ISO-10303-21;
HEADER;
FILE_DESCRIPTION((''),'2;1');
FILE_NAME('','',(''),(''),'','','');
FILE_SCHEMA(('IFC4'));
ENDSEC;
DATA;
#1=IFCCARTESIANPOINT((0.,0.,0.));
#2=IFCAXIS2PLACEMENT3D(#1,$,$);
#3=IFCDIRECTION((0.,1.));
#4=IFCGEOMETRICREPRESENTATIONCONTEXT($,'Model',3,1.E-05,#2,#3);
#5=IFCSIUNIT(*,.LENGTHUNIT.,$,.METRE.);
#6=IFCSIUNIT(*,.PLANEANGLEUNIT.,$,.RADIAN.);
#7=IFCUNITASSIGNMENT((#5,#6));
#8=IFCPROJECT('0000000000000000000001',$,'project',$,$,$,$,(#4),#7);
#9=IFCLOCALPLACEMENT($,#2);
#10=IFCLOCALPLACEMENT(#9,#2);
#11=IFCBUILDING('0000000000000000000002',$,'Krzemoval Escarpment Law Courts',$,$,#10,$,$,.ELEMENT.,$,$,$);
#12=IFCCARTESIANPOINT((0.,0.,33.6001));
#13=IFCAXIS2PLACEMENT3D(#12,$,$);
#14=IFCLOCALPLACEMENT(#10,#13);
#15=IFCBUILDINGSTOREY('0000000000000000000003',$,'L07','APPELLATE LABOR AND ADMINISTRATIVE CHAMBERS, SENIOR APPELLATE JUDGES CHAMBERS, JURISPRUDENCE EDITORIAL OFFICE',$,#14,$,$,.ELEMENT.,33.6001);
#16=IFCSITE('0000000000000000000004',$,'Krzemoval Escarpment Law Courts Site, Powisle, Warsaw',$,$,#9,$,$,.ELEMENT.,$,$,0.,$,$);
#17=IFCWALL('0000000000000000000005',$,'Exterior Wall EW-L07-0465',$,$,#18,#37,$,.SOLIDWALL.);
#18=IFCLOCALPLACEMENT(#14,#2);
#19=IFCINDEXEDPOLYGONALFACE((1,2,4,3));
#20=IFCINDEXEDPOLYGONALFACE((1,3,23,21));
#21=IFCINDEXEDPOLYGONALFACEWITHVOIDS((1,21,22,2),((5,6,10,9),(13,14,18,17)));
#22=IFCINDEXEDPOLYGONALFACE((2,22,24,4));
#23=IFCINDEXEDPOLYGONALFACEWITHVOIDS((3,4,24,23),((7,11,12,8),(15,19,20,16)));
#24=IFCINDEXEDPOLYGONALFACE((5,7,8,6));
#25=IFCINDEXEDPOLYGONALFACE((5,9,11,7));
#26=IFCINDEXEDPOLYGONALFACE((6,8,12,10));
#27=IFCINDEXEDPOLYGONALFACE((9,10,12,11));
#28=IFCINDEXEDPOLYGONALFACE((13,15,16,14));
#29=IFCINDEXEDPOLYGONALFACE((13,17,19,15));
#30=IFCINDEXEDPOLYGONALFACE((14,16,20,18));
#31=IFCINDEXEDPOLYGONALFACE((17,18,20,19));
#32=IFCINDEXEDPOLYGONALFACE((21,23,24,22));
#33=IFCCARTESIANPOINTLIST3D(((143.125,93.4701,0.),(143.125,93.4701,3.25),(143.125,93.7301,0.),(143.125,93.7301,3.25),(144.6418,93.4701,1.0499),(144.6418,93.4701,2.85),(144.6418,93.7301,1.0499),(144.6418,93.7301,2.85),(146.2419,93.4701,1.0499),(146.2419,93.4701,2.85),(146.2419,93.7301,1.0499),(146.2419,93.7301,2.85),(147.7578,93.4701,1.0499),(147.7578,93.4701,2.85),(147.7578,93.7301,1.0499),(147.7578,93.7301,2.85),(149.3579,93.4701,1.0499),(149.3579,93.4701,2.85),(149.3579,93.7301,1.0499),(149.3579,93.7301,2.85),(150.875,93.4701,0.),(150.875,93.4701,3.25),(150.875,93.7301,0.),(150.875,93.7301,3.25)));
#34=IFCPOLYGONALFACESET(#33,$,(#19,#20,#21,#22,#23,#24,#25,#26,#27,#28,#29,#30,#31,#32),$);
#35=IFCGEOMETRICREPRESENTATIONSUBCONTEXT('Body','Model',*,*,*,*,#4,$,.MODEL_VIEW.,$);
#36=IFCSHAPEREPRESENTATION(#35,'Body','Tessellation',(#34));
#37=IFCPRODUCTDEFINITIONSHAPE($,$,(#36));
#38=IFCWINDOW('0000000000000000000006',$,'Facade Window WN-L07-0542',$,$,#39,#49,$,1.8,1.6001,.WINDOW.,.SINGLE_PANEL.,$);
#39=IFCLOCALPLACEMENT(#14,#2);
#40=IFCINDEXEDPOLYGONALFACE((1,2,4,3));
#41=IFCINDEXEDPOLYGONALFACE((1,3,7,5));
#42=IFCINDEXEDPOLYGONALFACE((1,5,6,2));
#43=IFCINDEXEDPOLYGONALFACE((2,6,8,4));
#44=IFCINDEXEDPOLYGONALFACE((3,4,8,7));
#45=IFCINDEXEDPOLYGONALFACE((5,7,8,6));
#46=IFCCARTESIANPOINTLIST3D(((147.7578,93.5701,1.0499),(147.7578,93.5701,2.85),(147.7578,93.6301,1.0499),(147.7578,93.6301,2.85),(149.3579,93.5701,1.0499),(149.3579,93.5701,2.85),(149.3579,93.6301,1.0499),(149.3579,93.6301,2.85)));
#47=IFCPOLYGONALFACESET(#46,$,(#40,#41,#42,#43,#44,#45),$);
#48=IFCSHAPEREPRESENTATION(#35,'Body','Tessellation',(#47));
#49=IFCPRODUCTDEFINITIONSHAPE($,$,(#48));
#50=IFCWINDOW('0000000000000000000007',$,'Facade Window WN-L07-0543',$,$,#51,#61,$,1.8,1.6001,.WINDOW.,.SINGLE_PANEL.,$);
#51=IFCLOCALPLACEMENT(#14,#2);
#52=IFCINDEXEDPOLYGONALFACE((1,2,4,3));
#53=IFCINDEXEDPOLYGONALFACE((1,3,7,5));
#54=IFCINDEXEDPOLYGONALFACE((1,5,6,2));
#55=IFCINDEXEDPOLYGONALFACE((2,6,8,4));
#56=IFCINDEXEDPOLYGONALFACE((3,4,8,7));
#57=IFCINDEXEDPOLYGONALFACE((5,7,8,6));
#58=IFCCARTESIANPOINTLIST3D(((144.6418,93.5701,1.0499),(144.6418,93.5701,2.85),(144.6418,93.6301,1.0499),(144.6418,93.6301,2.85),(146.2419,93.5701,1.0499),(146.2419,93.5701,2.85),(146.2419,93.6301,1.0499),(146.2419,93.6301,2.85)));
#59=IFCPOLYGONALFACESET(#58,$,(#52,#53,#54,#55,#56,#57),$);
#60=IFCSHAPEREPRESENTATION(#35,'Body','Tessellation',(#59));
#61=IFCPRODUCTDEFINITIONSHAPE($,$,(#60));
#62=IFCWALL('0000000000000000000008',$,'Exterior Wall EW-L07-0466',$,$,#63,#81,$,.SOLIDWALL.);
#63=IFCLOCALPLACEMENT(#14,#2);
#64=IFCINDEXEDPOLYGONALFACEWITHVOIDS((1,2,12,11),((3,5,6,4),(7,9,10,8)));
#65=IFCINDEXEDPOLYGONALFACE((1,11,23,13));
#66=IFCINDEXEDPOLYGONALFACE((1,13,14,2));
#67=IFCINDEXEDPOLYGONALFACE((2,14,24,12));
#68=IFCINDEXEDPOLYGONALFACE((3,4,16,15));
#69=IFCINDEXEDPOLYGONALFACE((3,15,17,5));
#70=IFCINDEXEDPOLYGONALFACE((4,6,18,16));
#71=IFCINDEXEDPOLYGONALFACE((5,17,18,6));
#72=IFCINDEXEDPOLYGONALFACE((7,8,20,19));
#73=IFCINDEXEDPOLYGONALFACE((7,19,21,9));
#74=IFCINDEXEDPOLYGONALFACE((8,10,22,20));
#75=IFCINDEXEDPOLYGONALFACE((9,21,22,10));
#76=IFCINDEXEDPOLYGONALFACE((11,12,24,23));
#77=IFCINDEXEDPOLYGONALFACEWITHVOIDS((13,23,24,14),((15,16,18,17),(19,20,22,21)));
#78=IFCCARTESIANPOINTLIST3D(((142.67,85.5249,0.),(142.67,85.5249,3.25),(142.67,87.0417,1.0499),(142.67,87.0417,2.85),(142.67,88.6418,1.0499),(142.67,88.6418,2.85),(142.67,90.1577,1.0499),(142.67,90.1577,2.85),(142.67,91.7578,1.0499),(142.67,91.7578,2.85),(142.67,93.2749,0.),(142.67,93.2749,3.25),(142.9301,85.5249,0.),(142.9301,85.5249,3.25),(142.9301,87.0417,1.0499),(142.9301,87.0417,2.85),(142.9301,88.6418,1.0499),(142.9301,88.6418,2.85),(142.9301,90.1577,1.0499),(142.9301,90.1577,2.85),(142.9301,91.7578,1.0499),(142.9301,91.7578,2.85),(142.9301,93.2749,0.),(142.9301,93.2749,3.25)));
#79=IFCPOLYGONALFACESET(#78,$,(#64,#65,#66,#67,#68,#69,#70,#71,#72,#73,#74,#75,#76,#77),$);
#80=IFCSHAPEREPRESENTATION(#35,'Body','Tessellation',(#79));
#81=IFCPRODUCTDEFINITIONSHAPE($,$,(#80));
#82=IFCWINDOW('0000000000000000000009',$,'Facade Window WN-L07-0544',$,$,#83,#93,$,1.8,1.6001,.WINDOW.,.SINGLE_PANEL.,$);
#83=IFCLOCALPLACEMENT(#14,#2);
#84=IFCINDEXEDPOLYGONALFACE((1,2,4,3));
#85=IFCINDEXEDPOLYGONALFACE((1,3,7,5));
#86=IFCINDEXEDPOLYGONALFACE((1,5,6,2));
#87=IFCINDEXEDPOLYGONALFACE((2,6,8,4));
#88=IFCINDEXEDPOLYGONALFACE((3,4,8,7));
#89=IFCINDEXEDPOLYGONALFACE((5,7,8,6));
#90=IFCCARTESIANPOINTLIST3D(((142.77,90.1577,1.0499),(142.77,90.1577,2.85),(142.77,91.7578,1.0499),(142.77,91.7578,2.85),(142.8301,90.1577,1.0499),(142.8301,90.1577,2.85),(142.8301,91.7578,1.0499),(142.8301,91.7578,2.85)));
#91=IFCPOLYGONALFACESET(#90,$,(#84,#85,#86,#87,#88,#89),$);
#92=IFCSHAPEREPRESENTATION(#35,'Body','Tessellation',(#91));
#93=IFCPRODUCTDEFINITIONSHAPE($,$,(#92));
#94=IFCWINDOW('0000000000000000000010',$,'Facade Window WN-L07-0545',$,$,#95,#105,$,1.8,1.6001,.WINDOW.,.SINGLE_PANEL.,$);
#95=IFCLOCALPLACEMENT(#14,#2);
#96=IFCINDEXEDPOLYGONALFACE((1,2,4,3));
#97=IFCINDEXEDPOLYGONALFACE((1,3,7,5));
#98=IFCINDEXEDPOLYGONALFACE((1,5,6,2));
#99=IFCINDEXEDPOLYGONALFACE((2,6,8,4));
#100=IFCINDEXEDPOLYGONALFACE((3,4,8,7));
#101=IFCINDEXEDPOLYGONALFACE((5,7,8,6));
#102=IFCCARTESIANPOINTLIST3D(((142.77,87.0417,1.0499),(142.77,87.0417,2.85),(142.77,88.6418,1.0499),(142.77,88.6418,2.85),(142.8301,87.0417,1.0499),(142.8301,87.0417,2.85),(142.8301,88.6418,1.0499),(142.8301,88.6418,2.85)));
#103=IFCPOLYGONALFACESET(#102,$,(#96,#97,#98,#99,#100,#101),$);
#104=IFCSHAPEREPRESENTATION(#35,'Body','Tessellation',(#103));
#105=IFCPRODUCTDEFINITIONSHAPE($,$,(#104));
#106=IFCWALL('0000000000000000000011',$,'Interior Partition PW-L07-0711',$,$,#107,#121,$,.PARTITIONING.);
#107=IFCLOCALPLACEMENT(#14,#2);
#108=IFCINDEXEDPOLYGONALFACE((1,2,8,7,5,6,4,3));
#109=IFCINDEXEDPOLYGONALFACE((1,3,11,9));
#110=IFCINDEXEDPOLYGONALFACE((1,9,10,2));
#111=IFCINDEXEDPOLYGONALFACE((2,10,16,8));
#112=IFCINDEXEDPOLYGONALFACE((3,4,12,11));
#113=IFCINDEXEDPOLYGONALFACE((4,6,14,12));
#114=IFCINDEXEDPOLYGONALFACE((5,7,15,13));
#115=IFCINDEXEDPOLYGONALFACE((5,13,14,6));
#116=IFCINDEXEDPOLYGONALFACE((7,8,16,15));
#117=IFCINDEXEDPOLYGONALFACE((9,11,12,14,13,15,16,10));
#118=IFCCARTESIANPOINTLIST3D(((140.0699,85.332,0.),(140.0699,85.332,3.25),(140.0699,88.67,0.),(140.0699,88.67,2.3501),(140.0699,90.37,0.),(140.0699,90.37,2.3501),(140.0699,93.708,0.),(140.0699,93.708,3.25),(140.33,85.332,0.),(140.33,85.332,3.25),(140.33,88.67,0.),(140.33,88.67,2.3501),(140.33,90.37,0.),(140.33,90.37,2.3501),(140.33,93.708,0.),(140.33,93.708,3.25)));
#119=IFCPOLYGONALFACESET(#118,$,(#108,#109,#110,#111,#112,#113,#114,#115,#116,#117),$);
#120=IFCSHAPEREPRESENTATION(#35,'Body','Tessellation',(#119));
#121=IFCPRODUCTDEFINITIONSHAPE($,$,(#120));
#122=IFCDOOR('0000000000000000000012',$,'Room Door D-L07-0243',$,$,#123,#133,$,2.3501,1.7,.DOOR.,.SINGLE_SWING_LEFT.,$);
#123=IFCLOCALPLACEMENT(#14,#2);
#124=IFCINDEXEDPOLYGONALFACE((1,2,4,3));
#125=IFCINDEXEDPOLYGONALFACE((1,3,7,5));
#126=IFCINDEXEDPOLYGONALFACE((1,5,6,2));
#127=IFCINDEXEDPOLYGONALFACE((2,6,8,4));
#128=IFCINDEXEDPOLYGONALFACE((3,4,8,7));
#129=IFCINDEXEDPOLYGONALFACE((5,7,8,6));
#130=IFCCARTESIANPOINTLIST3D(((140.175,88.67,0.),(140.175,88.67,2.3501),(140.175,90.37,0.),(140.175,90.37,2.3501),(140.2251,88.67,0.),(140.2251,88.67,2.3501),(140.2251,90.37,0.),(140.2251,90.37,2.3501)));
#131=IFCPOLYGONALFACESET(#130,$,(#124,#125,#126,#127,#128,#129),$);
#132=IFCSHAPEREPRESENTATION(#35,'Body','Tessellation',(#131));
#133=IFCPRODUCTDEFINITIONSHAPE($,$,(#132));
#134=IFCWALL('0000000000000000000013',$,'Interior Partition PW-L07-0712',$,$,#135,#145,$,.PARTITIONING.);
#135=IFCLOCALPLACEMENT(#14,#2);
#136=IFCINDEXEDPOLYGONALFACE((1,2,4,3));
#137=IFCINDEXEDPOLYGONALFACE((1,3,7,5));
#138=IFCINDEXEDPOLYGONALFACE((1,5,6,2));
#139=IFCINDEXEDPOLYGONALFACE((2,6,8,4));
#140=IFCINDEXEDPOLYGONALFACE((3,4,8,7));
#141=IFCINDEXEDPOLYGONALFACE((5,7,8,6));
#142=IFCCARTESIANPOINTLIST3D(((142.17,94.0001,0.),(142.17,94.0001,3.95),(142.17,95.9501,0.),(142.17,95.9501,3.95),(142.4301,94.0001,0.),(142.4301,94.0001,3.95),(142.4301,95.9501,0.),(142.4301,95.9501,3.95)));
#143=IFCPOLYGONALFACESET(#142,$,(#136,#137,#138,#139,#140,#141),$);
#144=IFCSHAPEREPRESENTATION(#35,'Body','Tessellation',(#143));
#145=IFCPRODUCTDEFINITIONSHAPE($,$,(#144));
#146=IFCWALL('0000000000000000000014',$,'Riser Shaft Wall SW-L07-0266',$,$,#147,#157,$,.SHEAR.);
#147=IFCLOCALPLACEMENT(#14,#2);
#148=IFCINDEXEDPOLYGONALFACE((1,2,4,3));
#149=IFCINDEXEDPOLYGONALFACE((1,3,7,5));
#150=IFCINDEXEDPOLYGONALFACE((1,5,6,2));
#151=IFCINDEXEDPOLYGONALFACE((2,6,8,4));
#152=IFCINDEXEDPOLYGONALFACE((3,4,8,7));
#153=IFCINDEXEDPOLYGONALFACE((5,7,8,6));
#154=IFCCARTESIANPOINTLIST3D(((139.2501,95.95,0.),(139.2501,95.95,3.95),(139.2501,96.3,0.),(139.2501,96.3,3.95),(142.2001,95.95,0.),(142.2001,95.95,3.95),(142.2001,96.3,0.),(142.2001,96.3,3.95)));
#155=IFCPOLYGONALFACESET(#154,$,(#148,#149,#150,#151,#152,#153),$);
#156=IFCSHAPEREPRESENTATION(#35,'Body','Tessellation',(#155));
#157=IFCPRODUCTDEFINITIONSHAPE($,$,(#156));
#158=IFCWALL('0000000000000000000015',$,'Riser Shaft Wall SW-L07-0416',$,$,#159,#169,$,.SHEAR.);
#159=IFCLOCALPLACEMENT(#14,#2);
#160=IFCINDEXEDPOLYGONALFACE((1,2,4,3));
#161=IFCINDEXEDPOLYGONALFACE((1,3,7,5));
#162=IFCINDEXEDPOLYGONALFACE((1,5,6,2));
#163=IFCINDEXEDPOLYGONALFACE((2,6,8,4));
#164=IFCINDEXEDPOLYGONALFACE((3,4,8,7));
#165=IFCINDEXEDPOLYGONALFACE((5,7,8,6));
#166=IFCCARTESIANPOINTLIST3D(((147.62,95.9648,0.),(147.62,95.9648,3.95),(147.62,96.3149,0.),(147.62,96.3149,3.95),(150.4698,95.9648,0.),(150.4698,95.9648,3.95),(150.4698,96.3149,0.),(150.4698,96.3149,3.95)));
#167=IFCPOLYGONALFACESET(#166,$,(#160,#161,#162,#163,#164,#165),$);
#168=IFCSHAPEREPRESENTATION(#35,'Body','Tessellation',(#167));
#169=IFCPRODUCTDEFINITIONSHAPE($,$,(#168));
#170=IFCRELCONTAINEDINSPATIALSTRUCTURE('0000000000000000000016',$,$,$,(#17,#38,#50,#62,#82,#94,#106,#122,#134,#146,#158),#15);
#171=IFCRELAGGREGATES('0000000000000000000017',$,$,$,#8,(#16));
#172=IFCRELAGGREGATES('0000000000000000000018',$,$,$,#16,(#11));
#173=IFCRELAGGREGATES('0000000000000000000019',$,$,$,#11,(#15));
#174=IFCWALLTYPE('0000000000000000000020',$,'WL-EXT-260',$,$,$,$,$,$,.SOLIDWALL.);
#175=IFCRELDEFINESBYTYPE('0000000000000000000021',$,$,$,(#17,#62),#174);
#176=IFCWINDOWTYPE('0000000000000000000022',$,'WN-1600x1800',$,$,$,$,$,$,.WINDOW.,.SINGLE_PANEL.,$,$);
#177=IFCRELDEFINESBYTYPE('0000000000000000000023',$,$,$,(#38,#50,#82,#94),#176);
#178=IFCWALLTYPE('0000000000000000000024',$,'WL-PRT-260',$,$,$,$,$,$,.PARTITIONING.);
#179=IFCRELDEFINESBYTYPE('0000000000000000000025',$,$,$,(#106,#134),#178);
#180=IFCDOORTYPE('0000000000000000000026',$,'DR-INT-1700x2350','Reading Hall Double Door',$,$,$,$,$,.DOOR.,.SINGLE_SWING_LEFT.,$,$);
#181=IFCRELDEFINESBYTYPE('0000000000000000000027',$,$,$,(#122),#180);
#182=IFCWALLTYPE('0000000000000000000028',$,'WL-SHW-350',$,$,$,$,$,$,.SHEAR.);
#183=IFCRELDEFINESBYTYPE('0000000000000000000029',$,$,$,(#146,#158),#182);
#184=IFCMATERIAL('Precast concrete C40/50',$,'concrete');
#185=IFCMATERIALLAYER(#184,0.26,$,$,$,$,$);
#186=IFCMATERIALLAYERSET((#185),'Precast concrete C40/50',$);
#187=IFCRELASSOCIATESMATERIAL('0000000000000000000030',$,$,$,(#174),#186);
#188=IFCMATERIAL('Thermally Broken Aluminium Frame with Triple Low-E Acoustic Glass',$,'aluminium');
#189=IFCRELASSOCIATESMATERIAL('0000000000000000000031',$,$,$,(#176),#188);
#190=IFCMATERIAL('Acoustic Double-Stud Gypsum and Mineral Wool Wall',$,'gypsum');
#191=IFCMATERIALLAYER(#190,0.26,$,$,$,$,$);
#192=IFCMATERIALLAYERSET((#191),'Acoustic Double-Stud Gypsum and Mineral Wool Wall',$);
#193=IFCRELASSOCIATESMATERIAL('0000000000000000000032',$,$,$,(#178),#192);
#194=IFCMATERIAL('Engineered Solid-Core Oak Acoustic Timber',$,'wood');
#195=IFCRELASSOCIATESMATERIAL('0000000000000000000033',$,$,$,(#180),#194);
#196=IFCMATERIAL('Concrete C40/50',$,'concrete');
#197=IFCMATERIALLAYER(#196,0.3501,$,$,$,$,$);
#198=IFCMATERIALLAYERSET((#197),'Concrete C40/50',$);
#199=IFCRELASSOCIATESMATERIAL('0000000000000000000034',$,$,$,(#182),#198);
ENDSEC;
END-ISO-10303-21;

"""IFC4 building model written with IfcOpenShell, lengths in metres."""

from ifc_helpers import new_model, si_unit, direction, frame, frame_2d, origin, place, context, subcontext, project, spatial, rectangle, extrude, material, layer, layer_set, type_object, element, fill, save


model = new_model("IFC4")

# Units and contexts
model_context = context("Model", 3, precision=1e-05, world=origin(), true_north=direction((0.0, 1.0)))
body_context = subcontext(model_context, "Body", "Model", "MODEL_VIEW")
ifc_project = project(units=[si_unit("LENGTHUNIT", "METRE"), si_unit("PLANEANGLEUNIT", "RADIAN")], contexts=[model_context])

# Site, building, storey
site_placement = place(None, origin())
site = spatial("IfcSite", under=ifc_project, at=site_placement, Name="Krzemoval Escarpment Law Courts Site, Powisle, Warsaw", CompositionType="ELEMENT", RefElevation=0.0)
building_placement = place(site_placement, origin())
building = spatial("IfcBuilding", under=site, at=building_placement, Name="Krzemoval Escarpment Law Courts", CompositionType="ELEMENT")
storey_placement = place(building_placement, frame((0.0, 0.0, 33.6001)))
storey = spatial("IfcBuildingStorey", under=building, at=storey_placement, Name="L07", Description="APPELLATE LABOR AND ADMINISTRATIVE CHAMBERS, SENIOR APPELLATE JUDGES CHAMBERS, JURISPRUDENCE EDITORIAL OFFICE", CompositionType="ELEMENT", Elevation=33.6001)

# Shared definitions
ifc_material_1 = material(Name="Precast concrete C40/50", Category="concrete")
ifc_layer_1 = layer(ifc_material_1, 0.26)
ifc_layer_set_1 = layer_set([ifc_layer_1], Name="Precast concrete C40/50")
wall_type_1 = type_object("IfcWallType", Name="WL-EXT-260", PredefinedType="SOLIDWALL", material=ifc_layer_set_1)
ifc_material_2 = material(Name="Thermally Broken Aluminium Frame with Triple Low-E Acoustic Glass", Category="aluminium")
window_type = type_object("IfcWindowType", Name="WN-1600x1800", PartitioningType="SINGLE_PANEL", PredefinedType="WINDOW", material=ifc_material_2)

# Walls, openings, windows
wall_1_placement = place(storey_placement, frame((150.875, 93.6001, 0.0), z_axis=(0.0, 0.0, 1.0), x_axis=(-1.0, 0.0, 0.0)))
wall_1 = element("IfcWall", 1, at=wall_1_placement, inside=storey, type_object=wall_type_1, Name="Exterior Wall EW-L07-0465", PredefinedType="SOLIDWALL", context=body_context, shape_type="SweptSolid", body=[
    extrude(rectangle(XDim=7.75, YDim=0.26, at=frame_2d((3.875, 0.0))), origin(), (0.0, 0.0, 1.0), 3.25),
])
opening_1_placement = place(wall_1_placement, frame((1.5171, 0.0, 1.05)))
opening_1 = element("IfcOpeningElement", 2, at=opening_1_placement, cuts=wall_1, PredefinedType="OPENING", context=body_context, shape_type="SweptSolid", body=[
    extrude(rectangle(XDim=1.6001, YDim=1.8, at=frame_2d((0.8, 0.8999))), frame((0.0, 0.145, 0.0), z_axis=(0.0, -1.0, 0.0), x_axis=(1.0, 0.0, 0.0)), (0.0, 0.0, 1.0), 0.29),
])
opening_2_placement = place(wall_1_placement, frame((4.6331, 0.0, 1.05)))
opening_2 = element("IfcOpeningElement", 3, at=opening_2_placement, cuts=wall_1, PredefinedType="OPENING", context=body_context, shape_type="SweptSolid", body=[
    extrude(rectangle(XDim=1.6001, YDim=1.8, at=frame_2d((0.8, 0.8999))), frame((0.0, 0.145, 0.0), z_axis=(0.0, -1.0, 0.0), x_axis=(1.0, 0.0, 0.0)), (0.0, 0.0, 1.0), 0.29),
])
window_1_placement = place(opening_1_placement, origin())
window_1 = element("IfcWindow", 4, at=window_1_placement, inside=storey, type_object=window_type, Name="Facade Window WN-L07-0542", OverallHeight=1.8, OverallWidth=1.6001, PartitioningType="SINGLE_PANEL", PredefinedType="WINDOW", context=body_context, shape_type="SweptSolid", body=[
    extrude(rectangle(XDim=1.6001, YDim=1.8, at=frame_2d((0.8, 0.8999))), frame((0.0, 0.03, 0.0), z_axis=(0.0, -1.0, 0.0), x_axis=(1.0, 0.0, 0.0)), (0.0, 0.0, 1.0), 0.0601),
])
fill(opening_1, window_1)
window_2_placement = place(opening_2_placement, origin())
window_2 = element("IfcWindow", 5, at=window_2_placement, inside=storey, type_object=window_type, Name="Facade Window WN-L07-0543", OverallHeight=1.8, OverallWidth=1.6001, PartitioningType="SINGLE_PANEL", PredefinedType="WINDOW", context=body_context, shape_type="SweptSolid", body=[
    extrude(rectangle(XDim=1.6001, YDim=1.8, at=frame_2d((0.8, 0.8999))), frame((0.0, 0.03, 0.0), z_axis=(0.0, -1.0, 0.0), x_axis=(1.0, 0.0, 0.0)), (0.0, 0.0, 1.0), 0.0601),
])
fill(opening_2, window_2)
wall_2_placement = place(storey_placement, frame((142.8, 93.2749, 0.0), z_axis=(0.0, 0.0, 1.0), x_axis=(0.0, -1.0, 0.0)))
wall_2 = element("IfcWall", 6, at=wall_2_placement, inside=storey, type_object=wall_type_1, Name="Exterior Wall EW-L07-0466", PredefinedType="SOLIDWALL", context=body_context, shape_type="SweptSolid", body=[
    extrude(rectangle(XDim=7.75, YDim=0.26, at=frame_2d((3.875, 0.0))), origin(), (0.0, 0.0, 1.0), 3.25),
])
opening_3_placement = place(wall_2_placement, frame((1.5171, 0.0, 1.05)))
opening_3 = element("IfcOpeningElement", 7, at=opening_3_placement, cuts=wall_2, PredefinedType="OPENING", context=body_context, shape_type="SweptSolid", body=[
    extrude(rectangle(XDim=1.6001, YDim=1.8, at=frame_2d((0.8, 0.8999))), frame((0.0, 0.145, 0.0), z_axis=(0.0, -1.0, 0.0), x_axis=(1.0, 0.0, 0.0)), (0.0, 0.0, 1.0), 0.29),
])
opening_4_placement = place(wall_2_placement, frame((4.6331, 0.0, 1.05)))
opening_4 = element("IfcOpeningElement", 8, at=opening_4_placement, cuts=wall_2, PredefinedType="OPENING", context=body_context, shape_type="SweptSolid", body=[
    extrude(rectangle(XDim=1.6001, YDim=1.8, at=frame_2d((0.8, 0.8999))), frame((0.0, 0.145, 0.0), z_axis=(0.0, -1.0, 0.0), x_axis=(1.0, 0.0, 0.0)), (0.0, 0.0, 1.0), 0.29),
])
window_3_placement = place(opening_3_placement, origin())
window_3 = element("IfcWindow", 9, at=window_3_placement, inside=storey, type_object=window_type, Name="Facade Window WN-L07-0544", OverallHeight=1.8, OverallWidth=1.6001, PartitioningType="SINGLE_PANEL", PredefinedType="WINDOW", context=body_context, shape_type="SweptSolid", body=[
    extrude(rectangle(XDim=1.6001, YDim=1.8, at=frame_2d((0.8, 0.8999))), frame((0.0, 0.03, 0.0), z_axis=(0.0, -1.0, 0.0), x_axis=(1.0, 0.0, 0.0)), (0.0, 0.0, 1.0), 0.0601),
])
fill(opening_3, window_3)
window_4_placement = place(opening_4_placement, origin())
window_4 = element("IfcWindow", 10, at=window_4_placement, inside=storey, type_object=window_type, Name="Facade Window WN-L07-0545", OverallHeight=1.8, OverallWidth=1.6001, PartitioningType="SINGLE_PANEL", PredefinedType="WINDOW", context=body_context, shape_type="SweptSolid", body=[
    extrude(rectangle(XDim=1.6001, YDim=1.8, at=frame_2d((0.8, 0.8999))), frame((0.0, 0.03, 0.0), z_axis=(0.0, -1.0, 0.0), x_axis=(1.0, 0.0, 0.0)), (0.0, 0.0, 1.0), 0.0601),
])
fill(opening_4, window_4)

# Wall, opening, door
ifc_material_3 = material(Name="Acoustic Double-Stud Gypsum and Mineral Wool Wall", Category="gypsum")
ifc_layer_2 = layer(ifc_material_3, 0.26)
ifc_layer_set_2 = layer_set([ifc_layer_2], Name="Acoustic Double-Stud Gypsum and Mineral Wool Wall")
wall_type_2 = type_object("IfcWallType", Name="WL-PRT-260", PredefinedType="PARTITIONING", material=ifc_layer_set_2)
wall_3_placement = place(storey_placement, frame((140.2, 85.332, 0.0), z_axis=(0.0, 0.0, 1.0), x_axis=(0.0, 1.0, 0.0)))
wall_3 = element("IfcWall", 11, at=wall_3_placement, inside=storey, type_object=wall_type_2, Name="Interior Partition PW-L07-0711", PredefinedType="PARTITIONING", context=body_context, shape_type="SweptSolid", body=[
    extrude(rectangle(XDim=8.376, YDim=0.26, at=frame_2d((4.188, 0.0))), origin(), (0.0, 0.0, 1.0), 3.25),
])
opening_5_placement = place(wall_3_placement, frame((3.3379, 0.0, 0.0)))
opening_5 = element("IfcOpeningElement", 12, at=opening_5_placement, cuts=wall_3, PredefinedType="OPENING", context=body_context, shape_type="SweptSolid", body=[
    extrude(rectangle(XDim=1.7, YDim=2.3501, at=frame_2d((0.8501, 1.175))), frame((0.0, 0.145, 0.0), z_axis=(0.0, -1.0, 0.0), x_axis=(1.0, 0.0, 0.0)), (0.0, 0.0, 1.0), 0.29),
])
ifc_material_4 = material(Name="Engineered Solid-Core Oak Acoustic Timber", Category="wood")
door_type = type_object("IfcDoorType", Name="DR-INT-1700x2350", Description="Reading Hall Double Door", OperationType="SINGLE_SWING_LEFT", PredefinedType="DOOR", material=ifc_material_4)
door_placement = place(opening_5_placement, origin())
door = element("IfcDoor", 13, at=door_placement, inside=storey, type_object=door_type, Name="Room Door D-L07-0243", OperationType="SINGLE_SWING_LEFT", OverallHeight=2.3501, OverallWidth=1.7, PredefinedType="DOOR", context=body_context, shape_type="SweptSolid", body=[
    extrude(rectangle(XDim=1.7, YDim=2.3501, at=frame_2d((0.8501, 1.175))), frame((0.0, 0.0249, 0.0), z_axis=(0.0, -1.0, 0.0), x_axis=(1.0, 0.0, 0.0)), (0.0, 0.0, 1.0), 0.05),
])
fill(opening_5, door)

# Walls
wall_4_placement = place(storey_placement, frame((142.3, 94.0, 0.0), z_axis=(0.0, 0.0, 1.0), x_axis=(0.0, 1.0, 0.0)))
element("IfcWall", 14, at=wall_4_placement, inside=storey, type_object=wall_type_2, Name="Interior Partition PW-L07-0712", PredefinedType="PARTITIONING", context=body_context, shape_type="SweptSolid", body=[
    extrude(rectangle(XDim=1.95, YDim=0.26, at=frame_2d((0.9751, 0.0))), origin(), (0.0, 0.0, 1.0), 3.95),
])
ifc_material_5 = material(Name="Concrete C40/50", Category="concrete")
ifc_layer_3 = layer(ifc_material_5, 0.3501)
ifc_layer_set_3 = layer_set([ifc_layer_3], Name="Concrete C40/50")
wall_type_3 = type_object("IfcWallType", Name="WL-SHW-350", PredefinedType="SHEAR", material=ifc_layer_set_3)
wall_5_placement = place(storey_placement, frame((139.25, 96.125, 0.0), z_axis=(0.0, 0.0, 1.0), x_axis=(1.0, 0.0, 0.0)))
element("IfcWall", 15, at=wall_5_placement, inside=storey, type_object=wall_type_3, Name="Riser Shaft Wall SW-L07-0266", PredefinedType="SHEAR", context=body_context, shape_type="SweptSolid", body=[
    extrude(rectangle(XDim=2.95, YDim=0.3501, at=frame_2d((1.4751, 0.0))), origin(), (0.0, 0.0, 1.0), 3.95),
])
wall_6_placement = place(storey_placement, frame((147.6201, 96.1399, 0.0), z_axis=(0.0, 0.0, 1.0), x_axis=(1.0, 0.0, 0.0)))
element("IfcWall", 16, at=wall_6_placement, inside=storey, type_object=wall_type_3, Name="Riser Shaft Wall SW-L07-0416", PredefinedType="SHEAR", context=body_context, shape_type="SweptSolid", body=[
    extrude(rectangle(XDim=2.8499, YDim=0.3501, at=frame_2d((1.4248, 0.0))), origin(), (0.0, 0.0, 1.0), 3.95),
])

save(model, "model.ifc")
